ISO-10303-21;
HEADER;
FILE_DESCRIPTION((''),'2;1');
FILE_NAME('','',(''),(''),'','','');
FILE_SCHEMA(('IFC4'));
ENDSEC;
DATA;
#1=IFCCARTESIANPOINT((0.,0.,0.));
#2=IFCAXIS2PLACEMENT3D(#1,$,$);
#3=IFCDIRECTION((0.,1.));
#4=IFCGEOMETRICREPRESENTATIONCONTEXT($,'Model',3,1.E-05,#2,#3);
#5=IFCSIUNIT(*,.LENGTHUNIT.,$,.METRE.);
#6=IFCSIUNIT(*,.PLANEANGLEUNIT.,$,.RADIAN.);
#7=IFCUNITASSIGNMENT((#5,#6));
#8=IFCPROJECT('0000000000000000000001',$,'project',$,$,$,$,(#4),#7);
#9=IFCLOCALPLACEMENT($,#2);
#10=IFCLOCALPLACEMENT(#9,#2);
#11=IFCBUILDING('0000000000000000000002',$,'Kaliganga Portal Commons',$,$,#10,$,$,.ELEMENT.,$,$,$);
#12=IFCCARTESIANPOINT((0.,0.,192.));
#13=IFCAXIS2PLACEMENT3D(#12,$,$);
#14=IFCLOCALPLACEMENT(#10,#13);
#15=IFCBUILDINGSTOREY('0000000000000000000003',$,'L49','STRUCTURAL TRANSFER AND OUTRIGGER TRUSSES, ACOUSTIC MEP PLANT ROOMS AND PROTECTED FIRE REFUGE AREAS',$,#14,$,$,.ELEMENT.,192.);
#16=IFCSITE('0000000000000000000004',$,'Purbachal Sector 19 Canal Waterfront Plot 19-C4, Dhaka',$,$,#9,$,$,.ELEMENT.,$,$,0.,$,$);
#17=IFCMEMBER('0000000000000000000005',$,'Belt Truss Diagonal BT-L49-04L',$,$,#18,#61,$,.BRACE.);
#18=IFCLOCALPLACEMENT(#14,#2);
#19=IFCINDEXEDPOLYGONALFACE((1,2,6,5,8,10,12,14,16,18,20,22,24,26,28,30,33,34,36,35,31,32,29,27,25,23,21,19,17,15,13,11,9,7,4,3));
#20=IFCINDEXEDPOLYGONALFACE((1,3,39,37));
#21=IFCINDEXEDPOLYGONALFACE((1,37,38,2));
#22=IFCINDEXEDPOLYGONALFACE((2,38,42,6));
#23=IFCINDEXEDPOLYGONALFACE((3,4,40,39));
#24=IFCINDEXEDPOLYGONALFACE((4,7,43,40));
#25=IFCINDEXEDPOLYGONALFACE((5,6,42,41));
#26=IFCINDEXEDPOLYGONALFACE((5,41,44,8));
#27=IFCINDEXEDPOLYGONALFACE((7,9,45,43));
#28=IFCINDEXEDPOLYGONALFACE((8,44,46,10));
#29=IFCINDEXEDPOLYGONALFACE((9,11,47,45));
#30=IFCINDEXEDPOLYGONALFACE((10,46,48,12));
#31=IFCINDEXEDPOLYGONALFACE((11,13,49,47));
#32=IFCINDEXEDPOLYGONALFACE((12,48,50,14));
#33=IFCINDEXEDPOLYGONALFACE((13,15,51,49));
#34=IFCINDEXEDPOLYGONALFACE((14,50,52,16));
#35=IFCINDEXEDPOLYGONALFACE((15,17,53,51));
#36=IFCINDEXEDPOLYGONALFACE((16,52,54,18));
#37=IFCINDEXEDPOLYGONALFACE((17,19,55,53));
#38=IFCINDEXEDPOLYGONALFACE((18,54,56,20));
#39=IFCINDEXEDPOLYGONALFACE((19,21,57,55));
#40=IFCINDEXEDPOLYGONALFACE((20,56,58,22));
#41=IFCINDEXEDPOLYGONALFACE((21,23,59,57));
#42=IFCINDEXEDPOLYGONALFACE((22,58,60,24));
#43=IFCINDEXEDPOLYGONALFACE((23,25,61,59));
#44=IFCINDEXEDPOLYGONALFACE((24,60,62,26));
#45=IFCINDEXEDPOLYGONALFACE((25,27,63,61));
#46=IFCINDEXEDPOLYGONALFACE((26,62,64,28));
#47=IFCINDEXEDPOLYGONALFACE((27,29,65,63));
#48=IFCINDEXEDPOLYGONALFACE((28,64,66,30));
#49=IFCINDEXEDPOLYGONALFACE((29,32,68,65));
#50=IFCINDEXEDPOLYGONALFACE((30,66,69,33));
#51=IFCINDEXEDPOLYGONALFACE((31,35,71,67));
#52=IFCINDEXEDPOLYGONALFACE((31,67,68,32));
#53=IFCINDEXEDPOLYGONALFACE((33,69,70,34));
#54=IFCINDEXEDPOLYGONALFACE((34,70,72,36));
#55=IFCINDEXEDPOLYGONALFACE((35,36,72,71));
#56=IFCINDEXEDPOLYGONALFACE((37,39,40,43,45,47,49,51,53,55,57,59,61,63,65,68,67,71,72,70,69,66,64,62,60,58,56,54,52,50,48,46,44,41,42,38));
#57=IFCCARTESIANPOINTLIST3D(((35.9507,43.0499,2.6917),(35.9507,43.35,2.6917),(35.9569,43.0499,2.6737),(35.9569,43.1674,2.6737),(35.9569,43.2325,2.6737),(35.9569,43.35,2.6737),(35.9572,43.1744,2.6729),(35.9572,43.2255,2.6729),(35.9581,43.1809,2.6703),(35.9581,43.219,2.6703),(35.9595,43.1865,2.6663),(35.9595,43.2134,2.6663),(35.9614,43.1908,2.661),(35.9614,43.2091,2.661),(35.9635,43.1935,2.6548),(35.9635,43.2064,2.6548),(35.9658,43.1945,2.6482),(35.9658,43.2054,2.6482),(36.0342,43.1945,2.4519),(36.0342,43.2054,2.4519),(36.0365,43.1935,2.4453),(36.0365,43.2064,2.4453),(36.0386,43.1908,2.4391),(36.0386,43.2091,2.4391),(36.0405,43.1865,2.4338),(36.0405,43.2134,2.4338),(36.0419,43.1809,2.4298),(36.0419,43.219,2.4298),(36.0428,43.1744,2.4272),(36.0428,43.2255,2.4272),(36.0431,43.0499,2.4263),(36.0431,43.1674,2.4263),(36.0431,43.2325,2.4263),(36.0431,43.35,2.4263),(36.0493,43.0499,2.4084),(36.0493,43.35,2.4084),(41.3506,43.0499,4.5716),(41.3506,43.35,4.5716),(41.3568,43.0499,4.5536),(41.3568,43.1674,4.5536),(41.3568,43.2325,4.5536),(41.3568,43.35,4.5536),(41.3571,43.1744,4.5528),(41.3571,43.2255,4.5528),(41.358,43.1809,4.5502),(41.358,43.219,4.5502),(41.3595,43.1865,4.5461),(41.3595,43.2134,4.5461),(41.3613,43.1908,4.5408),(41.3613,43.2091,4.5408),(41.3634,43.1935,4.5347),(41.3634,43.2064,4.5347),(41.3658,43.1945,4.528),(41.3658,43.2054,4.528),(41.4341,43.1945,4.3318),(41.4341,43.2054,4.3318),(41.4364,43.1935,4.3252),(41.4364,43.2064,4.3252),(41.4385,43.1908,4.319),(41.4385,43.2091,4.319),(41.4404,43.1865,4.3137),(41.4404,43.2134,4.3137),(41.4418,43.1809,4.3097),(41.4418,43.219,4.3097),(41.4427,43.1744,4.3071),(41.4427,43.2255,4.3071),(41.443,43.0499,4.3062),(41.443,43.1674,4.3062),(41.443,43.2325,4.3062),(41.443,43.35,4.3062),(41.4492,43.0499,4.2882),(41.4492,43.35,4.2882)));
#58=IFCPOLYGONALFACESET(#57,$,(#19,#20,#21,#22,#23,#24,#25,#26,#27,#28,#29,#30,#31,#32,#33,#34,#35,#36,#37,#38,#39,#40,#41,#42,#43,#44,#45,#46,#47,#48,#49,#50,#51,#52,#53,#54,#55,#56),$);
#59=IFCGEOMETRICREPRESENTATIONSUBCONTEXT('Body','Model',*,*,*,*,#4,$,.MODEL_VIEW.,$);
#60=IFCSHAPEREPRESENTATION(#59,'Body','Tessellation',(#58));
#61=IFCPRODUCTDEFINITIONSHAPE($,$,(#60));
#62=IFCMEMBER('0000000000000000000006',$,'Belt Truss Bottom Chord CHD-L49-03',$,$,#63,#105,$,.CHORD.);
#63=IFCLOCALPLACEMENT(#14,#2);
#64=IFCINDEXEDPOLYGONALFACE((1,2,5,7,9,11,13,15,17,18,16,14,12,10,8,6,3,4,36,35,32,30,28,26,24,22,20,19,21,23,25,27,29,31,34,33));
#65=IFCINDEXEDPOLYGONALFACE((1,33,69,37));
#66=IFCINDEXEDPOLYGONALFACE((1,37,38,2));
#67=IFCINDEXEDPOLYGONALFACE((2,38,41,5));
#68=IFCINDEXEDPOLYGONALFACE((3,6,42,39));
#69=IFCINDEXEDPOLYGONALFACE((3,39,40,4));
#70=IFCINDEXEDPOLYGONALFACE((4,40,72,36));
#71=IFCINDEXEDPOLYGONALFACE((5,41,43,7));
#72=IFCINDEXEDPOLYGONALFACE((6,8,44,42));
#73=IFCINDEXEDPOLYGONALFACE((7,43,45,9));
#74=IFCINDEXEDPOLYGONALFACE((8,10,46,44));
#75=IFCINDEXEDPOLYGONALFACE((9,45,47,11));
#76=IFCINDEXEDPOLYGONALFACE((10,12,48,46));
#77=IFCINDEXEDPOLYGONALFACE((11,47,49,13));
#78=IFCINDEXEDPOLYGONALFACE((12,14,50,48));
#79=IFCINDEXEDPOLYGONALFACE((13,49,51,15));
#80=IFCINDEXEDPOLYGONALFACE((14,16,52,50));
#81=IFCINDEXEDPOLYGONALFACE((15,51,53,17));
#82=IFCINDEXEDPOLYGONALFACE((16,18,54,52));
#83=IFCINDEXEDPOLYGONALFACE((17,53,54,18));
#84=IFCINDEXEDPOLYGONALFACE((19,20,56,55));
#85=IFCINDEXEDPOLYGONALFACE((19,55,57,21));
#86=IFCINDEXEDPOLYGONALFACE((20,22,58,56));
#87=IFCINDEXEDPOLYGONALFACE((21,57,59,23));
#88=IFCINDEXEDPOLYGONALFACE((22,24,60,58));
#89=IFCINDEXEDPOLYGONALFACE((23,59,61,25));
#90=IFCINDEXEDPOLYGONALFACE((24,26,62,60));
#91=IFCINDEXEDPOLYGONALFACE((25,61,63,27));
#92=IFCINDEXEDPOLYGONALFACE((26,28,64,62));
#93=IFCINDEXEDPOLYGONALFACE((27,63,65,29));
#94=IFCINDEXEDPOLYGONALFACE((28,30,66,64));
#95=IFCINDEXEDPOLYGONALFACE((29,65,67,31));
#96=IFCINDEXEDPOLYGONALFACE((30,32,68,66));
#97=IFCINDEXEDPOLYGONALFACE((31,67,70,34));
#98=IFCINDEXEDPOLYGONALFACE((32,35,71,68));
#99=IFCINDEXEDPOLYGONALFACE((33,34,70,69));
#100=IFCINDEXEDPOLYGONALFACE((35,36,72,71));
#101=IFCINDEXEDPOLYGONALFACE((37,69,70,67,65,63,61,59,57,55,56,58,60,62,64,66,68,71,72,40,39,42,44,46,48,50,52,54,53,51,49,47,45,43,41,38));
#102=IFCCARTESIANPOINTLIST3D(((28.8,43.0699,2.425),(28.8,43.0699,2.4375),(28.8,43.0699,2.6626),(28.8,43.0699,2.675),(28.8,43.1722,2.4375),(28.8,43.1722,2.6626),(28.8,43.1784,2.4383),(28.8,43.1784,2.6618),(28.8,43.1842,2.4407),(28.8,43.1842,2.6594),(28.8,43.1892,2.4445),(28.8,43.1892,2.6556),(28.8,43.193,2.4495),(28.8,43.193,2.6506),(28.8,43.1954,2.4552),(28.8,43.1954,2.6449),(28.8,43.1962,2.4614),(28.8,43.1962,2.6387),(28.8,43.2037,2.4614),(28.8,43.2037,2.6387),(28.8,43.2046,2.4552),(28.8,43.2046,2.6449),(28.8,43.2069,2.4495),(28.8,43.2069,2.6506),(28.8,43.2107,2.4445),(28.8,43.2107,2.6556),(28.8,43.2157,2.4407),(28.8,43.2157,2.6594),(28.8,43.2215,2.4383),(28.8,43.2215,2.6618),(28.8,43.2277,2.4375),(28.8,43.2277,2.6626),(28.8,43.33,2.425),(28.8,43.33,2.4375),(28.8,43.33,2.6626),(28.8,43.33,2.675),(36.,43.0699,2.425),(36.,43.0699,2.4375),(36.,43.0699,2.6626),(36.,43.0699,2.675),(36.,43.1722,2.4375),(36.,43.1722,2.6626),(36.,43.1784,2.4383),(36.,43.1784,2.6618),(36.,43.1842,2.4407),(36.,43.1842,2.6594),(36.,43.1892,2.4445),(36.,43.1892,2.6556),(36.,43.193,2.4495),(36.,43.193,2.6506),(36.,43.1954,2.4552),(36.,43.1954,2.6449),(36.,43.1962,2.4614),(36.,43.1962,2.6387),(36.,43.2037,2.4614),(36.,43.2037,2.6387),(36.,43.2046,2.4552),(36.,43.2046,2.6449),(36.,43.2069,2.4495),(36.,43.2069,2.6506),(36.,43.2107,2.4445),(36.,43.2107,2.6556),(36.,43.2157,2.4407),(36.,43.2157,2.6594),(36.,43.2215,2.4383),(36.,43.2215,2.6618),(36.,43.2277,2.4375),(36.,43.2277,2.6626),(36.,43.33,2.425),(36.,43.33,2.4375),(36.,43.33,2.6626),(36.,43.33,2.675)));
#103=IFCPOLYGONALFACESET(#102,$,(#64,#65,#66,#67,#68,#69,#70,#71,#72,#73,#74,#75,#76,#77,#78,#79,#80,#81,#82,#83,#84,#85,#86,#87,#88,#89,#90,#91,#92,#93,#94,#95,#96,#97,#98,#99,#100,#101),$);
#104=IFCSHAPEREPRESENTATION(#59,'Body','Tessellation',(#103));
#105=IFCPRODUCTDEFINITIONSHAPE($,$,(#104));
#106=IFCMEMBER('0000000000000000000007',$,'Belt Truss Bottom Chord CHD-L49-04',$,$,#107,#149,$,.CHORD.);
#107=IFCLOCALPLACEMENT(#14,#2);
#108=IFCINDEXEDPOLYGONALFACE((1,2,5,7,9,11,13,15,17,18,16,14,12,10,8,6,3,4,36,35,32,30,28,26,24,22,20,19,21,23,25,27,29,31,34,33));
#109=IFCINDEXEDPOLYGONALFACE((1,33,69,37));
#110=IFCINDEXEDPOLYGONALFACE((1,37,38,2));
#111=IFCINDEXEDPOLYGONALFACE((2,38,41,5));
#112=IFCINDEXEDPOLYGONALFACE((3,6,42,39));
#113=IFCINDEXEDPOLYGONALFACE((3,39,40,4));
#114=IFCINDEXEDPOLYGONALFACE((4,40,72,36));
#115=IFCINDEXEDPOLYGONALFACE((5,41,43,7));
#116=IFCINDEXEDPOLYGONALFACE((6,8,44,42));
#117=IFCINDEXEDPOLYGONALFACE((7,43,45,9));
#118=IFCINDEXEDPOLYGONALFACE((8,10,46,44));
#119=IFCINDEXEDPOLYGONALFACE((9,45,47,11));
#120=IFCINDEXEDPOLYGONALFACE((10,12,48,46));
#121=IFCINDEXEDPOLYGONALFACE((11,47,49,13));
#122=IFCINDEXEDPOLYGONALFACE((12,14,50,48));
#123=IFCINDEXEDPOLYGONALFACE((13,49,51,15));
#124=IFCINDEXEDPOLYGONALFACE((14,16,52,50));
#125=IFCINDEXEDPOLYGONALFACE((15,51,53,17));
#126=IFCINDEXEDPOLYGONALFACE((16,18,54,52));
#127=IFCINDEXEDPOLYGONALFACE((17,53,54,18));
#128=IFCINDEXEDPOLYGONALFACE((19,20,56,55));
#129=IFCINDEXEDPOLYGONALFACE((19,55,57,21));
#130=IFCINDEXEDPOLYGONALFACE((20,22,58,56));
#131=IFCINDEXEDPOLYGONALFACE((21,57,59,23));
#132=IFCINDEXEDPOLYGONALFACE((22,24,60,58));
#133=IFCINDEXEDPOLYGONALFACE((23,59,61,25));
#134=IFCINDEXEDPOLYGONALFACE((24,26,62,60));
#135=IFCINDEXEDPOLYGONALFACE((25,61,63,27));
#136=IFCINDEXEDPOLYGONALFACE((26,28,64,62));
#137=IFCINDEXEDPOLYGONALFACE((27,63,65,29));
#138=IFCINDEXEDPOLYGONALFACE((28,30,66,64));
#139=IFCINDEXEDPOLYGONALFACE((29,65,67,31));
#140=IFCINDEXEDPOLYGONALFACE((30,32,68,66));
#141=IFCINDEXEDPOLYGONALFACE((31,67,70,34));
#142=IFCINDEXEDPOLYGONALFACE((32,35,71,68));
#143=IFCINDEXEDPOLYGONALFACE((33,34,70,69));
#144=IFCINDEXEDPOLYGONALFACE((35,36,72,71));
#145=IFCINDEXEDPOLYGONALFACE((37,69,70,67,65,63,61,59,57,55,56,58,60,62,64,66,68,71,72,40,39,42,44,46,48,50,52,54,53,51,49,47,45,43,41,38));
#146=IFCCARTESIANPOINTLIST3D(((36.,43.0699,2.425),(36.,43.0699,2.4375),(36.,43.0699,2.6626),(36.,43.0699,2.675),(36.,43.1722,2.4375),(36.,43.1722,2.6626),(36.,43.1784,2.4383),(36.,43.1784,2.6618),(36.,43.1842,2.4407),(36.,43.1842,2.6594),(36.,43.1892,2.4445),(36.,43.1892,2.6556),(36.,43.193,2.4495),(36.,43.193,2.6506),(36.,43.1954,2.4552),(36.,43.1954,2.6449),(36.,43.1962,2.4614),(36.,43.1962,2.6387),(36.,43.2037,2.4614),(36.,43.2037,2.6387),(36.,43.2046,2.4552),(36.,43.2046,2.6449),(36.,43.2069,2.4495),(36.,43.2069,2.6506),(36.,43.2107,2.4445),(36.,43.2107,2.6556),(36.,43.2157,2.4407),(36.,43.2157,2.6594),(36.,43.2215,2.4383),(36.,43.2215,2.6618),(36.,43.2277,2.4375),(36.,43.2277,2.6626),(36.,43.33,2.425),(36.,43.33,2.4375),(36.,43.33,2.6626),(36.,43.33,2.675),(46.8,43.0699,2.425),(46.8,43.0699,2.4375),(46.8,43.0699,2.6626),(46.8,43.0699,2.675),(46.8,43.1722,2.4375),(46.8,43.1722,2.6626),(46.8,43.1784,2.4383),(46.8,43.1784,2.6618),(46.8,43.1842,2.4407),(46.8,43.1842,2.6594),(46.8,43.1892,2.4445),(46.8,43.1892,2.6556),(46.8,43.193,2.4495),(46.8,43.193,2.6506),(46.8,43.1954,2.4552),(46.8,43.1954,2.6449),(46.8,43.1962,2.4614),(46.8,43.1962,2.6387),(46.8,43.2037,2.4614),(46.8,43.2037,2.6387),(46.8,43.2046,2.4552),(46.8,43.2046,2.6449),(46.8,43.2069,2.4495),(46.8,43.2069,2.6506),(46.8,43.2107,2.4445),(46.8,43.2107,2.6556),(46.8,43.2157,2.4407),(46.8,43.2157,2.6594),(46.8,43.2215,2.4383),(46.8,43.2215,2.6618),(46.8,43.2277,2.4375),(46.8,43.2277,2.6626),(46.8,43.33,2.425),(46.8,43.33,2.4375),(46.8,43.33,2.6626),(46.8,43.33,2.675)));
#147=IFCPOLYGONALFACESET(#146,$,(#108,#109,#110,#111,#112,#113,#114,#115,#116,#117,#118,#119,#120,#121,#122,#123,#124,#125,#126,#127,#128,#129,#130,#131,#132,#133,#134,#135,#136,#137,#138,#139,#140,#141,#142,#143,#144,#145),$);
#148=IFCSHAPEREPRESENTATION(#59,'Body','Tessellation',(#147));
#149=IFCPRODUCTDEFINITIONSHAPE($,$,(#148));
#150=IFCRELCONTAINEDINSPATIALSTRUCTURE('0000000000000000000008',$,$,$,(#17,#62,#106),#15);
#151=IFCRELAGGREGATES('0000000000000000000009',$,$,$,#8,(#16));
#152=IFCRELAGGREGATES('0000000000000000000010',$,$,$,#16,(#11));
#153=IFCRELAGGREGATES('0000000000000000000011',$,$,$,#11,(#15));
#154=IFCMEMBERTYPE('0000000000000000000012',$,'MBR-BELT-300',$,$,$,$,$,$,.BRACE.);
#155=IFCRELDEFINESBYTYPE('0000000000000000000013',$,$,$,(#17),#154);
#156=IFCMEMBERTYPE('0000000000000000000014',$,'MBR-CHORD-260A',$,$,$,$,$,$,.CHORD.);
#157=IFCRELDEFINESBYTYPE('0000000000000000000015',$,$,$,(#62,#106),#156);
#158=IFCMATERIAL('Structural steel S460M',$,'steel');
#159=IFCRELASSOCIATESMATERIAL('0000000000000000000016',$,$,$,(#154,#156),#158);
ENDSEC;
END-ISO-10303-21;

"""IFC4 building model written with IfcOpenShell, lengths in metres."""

from ifc_helpers import new_model, si_unit, direction, frame, origin, origin_2d, place, context, subcontext, project, spatial, i_section, extrude, source, transform, mapped, material, material_profile, profile_set, type_object, element, save


model = new_model("IFC4")

# Units and contexts
model_context = context("Model", 3, precision=1e-05, world=origin(), true_north=direction((0.0, 1.0)))
body_context = subcontext(model_context, "Body", "Model", "MODEL_VIEW")
ifc_project = project(units=[si_unit("LENGTHUNIT", "METRE"), si_unit("PLANEANGLEUNIT", "RADIAN")], contexts=[model_context])

# Site, building, storey
site_placement = place(None, origin())
site = spatial("IfcSite", under=ifc_project, at=site_placement, Name="Purbachal Sector 19 Canal Waterfront Plot 19-C4, Dhaka", CompositionType="ELEMENT", RefElevation=0.0)
building_placement = place(site_placement, origin())
building = spatial("IfcBuilding", under=site, at=building_placement, Name="Kaliganga Portal Commons", CompositionType="ELEMENT")
storey_placement = place(building_placement, frame((0.0, 0.0, 192.0)))
storey = spatial("IfcBuildingStorey", under=building, at=storey_placement, Name="L49", Description="STRUCTURAL TRANSFER AND OUTRIGGER TRUSSES, ACOUSTIC MEP PLANT ROOMS AND PROTECTED FIRE REFUGE AREAS", CompositionType="ELEMENT", Elevation=192.0)

# Shared definitions
ifc_material_1 = material(Name="Structural steel S460M", Category="steel")

# Members
ifc_material_profile_1 = material_profile(ifc_material_1, i_section(OverallWidth=0.3, OverallDepth=0.3, WebThickness=0.011, FlangeThickness=0.019, FilletRadius=0.0271, at=origin_2d()), Name="HE 300 B")
ifc_profile_set_1 = profile_set([ifc_material_profile_1], Name="Structural steel S460M wide-flange")
member_type_1 = type_object("IfcMemberType", Name="MBR-BELT-300", PredefinedType="BRACE", material=ifc_profile_set_1)
shared_shape_1 = source(origin(), body_context, "Body", "SweptSolid", [
    extrude(i_section(OverallWidth=0.3, OverallDepth=0.3, WebThickness=0.011, FlangeThickness=0.019, FilletRadius=0.0271, at=origin_2d()), origin(), (0.0, 0.0, 1.0), 5.7178),
])
member_1_placement = place(storey_placement, frame((36.0, 43.2, 2.55), z_axis=(0.944407, 0.0, 0.328779), x_axis=(0.0, 1.0, 0.0)))
element("IfcMember", 1, at=member_1_placement, inside=storey, type_object=member_type_1, Name="Belt Truss Diagonal BT-L49-04L", PredefinedType="BRACE", context=body_context, shape_type="MappedRepresentation", body=[
    mapped(shared_shape_1, transform((0.0, 0.0, 0.0), x_axis=(1.0, 0.0, 0.0), y_axis=(0.0, 1.0, 0.0), z_axis=(0.0, 0.0, 1.0), scale=1.0)),
])
ifc_material_profile_2 = material_profile(ifc_material_1, i_section(OverallWidth=0.26, OverallDepth=0.25, WebThickness=0.0076, FlangeThickness=0.0125, FilletRadius=0.0239, at=origin_2d()), Name="HE 260 A")
ifc_profile_set_2 = profile_set([ifc_material_profile_2], Name="Structural steel S460M wide-flange")
member_type_2 = type_object("IfcMemberType", Name="MBR-CHORD-260A", PredefinedType="CHORD", material=ifc_profile_set_2)
shared_shape_2 = source(origin(), body_context, "Body", "SweptSolid", [
    extrude(i_section(OverallWidth=0.26, OverallDepth=0.25, WebThickness=0.0076, FlangeThickness=0.0125, FilletRadius=0.0239, at=origin_2d()), origin(), (0.0, 0.0, 1.0), 7.2),
])
member_2_placement = place(storey_placement, frame((28.8, 43.2, 2.55), z_axis=(1.0, 0.0, 0.0), x_axis=(0.0, 1.0, 0.0)))
element("IfcMember", 2, at=member_2_placement, inside=storey, type_object=member_type_2, Name="Belt Truss Bottom Chord CHD-L49-03", PredefinedType="CHORD", context=body_context, shape_type="MappedRepresentation", body=[
    mapped(shared_shape_2, transform((0.0, 0.0, 0.0), x_axis=(1.0, 0.0, 0.0), y_axis=(0.0, 1.0, 0.0), z_axis=(0.0, 0.0, 1.0), scale=1.0)),
])
shared_shape_3 = source(origin(), body_context, "Body", "SweptSolid", [
    extrude(i_section(OverallWidth=0.26, OverallDepth=0.25, WebThickness=0.0076, FlangeThickness=0.0125, FilletRadius=0.0239, at=origin_2d()), origin(), (0.0, 0.0, 1.0), 10.8),
])
member_3_placement = place(storey_placement, frame((36.0, 43.2, 2.55), z_axis=(1.0, 0.0, 0.0), x_axis=(0.0, 1.0, 0.0)))
element("IfcMember", 3, at=member_3_placement, inside=storey, type_object=member_type_2, Name="Belt Truss Bottom Chord CHD-L49-04", PredefinedType="CHORD", context=body_context, shape_type="MappedRepresentation", body=[
    mapped(shared_shape_3, transform((0.0, 0.0, 0.0), x_axis=(1.0, 0.0, 0.0), y_axis=(0.0, 1.0, 0.0), z_axis=(0.0, 0.0, 1.0), scale=1.0)),
])

save(model, "model.ifc")
